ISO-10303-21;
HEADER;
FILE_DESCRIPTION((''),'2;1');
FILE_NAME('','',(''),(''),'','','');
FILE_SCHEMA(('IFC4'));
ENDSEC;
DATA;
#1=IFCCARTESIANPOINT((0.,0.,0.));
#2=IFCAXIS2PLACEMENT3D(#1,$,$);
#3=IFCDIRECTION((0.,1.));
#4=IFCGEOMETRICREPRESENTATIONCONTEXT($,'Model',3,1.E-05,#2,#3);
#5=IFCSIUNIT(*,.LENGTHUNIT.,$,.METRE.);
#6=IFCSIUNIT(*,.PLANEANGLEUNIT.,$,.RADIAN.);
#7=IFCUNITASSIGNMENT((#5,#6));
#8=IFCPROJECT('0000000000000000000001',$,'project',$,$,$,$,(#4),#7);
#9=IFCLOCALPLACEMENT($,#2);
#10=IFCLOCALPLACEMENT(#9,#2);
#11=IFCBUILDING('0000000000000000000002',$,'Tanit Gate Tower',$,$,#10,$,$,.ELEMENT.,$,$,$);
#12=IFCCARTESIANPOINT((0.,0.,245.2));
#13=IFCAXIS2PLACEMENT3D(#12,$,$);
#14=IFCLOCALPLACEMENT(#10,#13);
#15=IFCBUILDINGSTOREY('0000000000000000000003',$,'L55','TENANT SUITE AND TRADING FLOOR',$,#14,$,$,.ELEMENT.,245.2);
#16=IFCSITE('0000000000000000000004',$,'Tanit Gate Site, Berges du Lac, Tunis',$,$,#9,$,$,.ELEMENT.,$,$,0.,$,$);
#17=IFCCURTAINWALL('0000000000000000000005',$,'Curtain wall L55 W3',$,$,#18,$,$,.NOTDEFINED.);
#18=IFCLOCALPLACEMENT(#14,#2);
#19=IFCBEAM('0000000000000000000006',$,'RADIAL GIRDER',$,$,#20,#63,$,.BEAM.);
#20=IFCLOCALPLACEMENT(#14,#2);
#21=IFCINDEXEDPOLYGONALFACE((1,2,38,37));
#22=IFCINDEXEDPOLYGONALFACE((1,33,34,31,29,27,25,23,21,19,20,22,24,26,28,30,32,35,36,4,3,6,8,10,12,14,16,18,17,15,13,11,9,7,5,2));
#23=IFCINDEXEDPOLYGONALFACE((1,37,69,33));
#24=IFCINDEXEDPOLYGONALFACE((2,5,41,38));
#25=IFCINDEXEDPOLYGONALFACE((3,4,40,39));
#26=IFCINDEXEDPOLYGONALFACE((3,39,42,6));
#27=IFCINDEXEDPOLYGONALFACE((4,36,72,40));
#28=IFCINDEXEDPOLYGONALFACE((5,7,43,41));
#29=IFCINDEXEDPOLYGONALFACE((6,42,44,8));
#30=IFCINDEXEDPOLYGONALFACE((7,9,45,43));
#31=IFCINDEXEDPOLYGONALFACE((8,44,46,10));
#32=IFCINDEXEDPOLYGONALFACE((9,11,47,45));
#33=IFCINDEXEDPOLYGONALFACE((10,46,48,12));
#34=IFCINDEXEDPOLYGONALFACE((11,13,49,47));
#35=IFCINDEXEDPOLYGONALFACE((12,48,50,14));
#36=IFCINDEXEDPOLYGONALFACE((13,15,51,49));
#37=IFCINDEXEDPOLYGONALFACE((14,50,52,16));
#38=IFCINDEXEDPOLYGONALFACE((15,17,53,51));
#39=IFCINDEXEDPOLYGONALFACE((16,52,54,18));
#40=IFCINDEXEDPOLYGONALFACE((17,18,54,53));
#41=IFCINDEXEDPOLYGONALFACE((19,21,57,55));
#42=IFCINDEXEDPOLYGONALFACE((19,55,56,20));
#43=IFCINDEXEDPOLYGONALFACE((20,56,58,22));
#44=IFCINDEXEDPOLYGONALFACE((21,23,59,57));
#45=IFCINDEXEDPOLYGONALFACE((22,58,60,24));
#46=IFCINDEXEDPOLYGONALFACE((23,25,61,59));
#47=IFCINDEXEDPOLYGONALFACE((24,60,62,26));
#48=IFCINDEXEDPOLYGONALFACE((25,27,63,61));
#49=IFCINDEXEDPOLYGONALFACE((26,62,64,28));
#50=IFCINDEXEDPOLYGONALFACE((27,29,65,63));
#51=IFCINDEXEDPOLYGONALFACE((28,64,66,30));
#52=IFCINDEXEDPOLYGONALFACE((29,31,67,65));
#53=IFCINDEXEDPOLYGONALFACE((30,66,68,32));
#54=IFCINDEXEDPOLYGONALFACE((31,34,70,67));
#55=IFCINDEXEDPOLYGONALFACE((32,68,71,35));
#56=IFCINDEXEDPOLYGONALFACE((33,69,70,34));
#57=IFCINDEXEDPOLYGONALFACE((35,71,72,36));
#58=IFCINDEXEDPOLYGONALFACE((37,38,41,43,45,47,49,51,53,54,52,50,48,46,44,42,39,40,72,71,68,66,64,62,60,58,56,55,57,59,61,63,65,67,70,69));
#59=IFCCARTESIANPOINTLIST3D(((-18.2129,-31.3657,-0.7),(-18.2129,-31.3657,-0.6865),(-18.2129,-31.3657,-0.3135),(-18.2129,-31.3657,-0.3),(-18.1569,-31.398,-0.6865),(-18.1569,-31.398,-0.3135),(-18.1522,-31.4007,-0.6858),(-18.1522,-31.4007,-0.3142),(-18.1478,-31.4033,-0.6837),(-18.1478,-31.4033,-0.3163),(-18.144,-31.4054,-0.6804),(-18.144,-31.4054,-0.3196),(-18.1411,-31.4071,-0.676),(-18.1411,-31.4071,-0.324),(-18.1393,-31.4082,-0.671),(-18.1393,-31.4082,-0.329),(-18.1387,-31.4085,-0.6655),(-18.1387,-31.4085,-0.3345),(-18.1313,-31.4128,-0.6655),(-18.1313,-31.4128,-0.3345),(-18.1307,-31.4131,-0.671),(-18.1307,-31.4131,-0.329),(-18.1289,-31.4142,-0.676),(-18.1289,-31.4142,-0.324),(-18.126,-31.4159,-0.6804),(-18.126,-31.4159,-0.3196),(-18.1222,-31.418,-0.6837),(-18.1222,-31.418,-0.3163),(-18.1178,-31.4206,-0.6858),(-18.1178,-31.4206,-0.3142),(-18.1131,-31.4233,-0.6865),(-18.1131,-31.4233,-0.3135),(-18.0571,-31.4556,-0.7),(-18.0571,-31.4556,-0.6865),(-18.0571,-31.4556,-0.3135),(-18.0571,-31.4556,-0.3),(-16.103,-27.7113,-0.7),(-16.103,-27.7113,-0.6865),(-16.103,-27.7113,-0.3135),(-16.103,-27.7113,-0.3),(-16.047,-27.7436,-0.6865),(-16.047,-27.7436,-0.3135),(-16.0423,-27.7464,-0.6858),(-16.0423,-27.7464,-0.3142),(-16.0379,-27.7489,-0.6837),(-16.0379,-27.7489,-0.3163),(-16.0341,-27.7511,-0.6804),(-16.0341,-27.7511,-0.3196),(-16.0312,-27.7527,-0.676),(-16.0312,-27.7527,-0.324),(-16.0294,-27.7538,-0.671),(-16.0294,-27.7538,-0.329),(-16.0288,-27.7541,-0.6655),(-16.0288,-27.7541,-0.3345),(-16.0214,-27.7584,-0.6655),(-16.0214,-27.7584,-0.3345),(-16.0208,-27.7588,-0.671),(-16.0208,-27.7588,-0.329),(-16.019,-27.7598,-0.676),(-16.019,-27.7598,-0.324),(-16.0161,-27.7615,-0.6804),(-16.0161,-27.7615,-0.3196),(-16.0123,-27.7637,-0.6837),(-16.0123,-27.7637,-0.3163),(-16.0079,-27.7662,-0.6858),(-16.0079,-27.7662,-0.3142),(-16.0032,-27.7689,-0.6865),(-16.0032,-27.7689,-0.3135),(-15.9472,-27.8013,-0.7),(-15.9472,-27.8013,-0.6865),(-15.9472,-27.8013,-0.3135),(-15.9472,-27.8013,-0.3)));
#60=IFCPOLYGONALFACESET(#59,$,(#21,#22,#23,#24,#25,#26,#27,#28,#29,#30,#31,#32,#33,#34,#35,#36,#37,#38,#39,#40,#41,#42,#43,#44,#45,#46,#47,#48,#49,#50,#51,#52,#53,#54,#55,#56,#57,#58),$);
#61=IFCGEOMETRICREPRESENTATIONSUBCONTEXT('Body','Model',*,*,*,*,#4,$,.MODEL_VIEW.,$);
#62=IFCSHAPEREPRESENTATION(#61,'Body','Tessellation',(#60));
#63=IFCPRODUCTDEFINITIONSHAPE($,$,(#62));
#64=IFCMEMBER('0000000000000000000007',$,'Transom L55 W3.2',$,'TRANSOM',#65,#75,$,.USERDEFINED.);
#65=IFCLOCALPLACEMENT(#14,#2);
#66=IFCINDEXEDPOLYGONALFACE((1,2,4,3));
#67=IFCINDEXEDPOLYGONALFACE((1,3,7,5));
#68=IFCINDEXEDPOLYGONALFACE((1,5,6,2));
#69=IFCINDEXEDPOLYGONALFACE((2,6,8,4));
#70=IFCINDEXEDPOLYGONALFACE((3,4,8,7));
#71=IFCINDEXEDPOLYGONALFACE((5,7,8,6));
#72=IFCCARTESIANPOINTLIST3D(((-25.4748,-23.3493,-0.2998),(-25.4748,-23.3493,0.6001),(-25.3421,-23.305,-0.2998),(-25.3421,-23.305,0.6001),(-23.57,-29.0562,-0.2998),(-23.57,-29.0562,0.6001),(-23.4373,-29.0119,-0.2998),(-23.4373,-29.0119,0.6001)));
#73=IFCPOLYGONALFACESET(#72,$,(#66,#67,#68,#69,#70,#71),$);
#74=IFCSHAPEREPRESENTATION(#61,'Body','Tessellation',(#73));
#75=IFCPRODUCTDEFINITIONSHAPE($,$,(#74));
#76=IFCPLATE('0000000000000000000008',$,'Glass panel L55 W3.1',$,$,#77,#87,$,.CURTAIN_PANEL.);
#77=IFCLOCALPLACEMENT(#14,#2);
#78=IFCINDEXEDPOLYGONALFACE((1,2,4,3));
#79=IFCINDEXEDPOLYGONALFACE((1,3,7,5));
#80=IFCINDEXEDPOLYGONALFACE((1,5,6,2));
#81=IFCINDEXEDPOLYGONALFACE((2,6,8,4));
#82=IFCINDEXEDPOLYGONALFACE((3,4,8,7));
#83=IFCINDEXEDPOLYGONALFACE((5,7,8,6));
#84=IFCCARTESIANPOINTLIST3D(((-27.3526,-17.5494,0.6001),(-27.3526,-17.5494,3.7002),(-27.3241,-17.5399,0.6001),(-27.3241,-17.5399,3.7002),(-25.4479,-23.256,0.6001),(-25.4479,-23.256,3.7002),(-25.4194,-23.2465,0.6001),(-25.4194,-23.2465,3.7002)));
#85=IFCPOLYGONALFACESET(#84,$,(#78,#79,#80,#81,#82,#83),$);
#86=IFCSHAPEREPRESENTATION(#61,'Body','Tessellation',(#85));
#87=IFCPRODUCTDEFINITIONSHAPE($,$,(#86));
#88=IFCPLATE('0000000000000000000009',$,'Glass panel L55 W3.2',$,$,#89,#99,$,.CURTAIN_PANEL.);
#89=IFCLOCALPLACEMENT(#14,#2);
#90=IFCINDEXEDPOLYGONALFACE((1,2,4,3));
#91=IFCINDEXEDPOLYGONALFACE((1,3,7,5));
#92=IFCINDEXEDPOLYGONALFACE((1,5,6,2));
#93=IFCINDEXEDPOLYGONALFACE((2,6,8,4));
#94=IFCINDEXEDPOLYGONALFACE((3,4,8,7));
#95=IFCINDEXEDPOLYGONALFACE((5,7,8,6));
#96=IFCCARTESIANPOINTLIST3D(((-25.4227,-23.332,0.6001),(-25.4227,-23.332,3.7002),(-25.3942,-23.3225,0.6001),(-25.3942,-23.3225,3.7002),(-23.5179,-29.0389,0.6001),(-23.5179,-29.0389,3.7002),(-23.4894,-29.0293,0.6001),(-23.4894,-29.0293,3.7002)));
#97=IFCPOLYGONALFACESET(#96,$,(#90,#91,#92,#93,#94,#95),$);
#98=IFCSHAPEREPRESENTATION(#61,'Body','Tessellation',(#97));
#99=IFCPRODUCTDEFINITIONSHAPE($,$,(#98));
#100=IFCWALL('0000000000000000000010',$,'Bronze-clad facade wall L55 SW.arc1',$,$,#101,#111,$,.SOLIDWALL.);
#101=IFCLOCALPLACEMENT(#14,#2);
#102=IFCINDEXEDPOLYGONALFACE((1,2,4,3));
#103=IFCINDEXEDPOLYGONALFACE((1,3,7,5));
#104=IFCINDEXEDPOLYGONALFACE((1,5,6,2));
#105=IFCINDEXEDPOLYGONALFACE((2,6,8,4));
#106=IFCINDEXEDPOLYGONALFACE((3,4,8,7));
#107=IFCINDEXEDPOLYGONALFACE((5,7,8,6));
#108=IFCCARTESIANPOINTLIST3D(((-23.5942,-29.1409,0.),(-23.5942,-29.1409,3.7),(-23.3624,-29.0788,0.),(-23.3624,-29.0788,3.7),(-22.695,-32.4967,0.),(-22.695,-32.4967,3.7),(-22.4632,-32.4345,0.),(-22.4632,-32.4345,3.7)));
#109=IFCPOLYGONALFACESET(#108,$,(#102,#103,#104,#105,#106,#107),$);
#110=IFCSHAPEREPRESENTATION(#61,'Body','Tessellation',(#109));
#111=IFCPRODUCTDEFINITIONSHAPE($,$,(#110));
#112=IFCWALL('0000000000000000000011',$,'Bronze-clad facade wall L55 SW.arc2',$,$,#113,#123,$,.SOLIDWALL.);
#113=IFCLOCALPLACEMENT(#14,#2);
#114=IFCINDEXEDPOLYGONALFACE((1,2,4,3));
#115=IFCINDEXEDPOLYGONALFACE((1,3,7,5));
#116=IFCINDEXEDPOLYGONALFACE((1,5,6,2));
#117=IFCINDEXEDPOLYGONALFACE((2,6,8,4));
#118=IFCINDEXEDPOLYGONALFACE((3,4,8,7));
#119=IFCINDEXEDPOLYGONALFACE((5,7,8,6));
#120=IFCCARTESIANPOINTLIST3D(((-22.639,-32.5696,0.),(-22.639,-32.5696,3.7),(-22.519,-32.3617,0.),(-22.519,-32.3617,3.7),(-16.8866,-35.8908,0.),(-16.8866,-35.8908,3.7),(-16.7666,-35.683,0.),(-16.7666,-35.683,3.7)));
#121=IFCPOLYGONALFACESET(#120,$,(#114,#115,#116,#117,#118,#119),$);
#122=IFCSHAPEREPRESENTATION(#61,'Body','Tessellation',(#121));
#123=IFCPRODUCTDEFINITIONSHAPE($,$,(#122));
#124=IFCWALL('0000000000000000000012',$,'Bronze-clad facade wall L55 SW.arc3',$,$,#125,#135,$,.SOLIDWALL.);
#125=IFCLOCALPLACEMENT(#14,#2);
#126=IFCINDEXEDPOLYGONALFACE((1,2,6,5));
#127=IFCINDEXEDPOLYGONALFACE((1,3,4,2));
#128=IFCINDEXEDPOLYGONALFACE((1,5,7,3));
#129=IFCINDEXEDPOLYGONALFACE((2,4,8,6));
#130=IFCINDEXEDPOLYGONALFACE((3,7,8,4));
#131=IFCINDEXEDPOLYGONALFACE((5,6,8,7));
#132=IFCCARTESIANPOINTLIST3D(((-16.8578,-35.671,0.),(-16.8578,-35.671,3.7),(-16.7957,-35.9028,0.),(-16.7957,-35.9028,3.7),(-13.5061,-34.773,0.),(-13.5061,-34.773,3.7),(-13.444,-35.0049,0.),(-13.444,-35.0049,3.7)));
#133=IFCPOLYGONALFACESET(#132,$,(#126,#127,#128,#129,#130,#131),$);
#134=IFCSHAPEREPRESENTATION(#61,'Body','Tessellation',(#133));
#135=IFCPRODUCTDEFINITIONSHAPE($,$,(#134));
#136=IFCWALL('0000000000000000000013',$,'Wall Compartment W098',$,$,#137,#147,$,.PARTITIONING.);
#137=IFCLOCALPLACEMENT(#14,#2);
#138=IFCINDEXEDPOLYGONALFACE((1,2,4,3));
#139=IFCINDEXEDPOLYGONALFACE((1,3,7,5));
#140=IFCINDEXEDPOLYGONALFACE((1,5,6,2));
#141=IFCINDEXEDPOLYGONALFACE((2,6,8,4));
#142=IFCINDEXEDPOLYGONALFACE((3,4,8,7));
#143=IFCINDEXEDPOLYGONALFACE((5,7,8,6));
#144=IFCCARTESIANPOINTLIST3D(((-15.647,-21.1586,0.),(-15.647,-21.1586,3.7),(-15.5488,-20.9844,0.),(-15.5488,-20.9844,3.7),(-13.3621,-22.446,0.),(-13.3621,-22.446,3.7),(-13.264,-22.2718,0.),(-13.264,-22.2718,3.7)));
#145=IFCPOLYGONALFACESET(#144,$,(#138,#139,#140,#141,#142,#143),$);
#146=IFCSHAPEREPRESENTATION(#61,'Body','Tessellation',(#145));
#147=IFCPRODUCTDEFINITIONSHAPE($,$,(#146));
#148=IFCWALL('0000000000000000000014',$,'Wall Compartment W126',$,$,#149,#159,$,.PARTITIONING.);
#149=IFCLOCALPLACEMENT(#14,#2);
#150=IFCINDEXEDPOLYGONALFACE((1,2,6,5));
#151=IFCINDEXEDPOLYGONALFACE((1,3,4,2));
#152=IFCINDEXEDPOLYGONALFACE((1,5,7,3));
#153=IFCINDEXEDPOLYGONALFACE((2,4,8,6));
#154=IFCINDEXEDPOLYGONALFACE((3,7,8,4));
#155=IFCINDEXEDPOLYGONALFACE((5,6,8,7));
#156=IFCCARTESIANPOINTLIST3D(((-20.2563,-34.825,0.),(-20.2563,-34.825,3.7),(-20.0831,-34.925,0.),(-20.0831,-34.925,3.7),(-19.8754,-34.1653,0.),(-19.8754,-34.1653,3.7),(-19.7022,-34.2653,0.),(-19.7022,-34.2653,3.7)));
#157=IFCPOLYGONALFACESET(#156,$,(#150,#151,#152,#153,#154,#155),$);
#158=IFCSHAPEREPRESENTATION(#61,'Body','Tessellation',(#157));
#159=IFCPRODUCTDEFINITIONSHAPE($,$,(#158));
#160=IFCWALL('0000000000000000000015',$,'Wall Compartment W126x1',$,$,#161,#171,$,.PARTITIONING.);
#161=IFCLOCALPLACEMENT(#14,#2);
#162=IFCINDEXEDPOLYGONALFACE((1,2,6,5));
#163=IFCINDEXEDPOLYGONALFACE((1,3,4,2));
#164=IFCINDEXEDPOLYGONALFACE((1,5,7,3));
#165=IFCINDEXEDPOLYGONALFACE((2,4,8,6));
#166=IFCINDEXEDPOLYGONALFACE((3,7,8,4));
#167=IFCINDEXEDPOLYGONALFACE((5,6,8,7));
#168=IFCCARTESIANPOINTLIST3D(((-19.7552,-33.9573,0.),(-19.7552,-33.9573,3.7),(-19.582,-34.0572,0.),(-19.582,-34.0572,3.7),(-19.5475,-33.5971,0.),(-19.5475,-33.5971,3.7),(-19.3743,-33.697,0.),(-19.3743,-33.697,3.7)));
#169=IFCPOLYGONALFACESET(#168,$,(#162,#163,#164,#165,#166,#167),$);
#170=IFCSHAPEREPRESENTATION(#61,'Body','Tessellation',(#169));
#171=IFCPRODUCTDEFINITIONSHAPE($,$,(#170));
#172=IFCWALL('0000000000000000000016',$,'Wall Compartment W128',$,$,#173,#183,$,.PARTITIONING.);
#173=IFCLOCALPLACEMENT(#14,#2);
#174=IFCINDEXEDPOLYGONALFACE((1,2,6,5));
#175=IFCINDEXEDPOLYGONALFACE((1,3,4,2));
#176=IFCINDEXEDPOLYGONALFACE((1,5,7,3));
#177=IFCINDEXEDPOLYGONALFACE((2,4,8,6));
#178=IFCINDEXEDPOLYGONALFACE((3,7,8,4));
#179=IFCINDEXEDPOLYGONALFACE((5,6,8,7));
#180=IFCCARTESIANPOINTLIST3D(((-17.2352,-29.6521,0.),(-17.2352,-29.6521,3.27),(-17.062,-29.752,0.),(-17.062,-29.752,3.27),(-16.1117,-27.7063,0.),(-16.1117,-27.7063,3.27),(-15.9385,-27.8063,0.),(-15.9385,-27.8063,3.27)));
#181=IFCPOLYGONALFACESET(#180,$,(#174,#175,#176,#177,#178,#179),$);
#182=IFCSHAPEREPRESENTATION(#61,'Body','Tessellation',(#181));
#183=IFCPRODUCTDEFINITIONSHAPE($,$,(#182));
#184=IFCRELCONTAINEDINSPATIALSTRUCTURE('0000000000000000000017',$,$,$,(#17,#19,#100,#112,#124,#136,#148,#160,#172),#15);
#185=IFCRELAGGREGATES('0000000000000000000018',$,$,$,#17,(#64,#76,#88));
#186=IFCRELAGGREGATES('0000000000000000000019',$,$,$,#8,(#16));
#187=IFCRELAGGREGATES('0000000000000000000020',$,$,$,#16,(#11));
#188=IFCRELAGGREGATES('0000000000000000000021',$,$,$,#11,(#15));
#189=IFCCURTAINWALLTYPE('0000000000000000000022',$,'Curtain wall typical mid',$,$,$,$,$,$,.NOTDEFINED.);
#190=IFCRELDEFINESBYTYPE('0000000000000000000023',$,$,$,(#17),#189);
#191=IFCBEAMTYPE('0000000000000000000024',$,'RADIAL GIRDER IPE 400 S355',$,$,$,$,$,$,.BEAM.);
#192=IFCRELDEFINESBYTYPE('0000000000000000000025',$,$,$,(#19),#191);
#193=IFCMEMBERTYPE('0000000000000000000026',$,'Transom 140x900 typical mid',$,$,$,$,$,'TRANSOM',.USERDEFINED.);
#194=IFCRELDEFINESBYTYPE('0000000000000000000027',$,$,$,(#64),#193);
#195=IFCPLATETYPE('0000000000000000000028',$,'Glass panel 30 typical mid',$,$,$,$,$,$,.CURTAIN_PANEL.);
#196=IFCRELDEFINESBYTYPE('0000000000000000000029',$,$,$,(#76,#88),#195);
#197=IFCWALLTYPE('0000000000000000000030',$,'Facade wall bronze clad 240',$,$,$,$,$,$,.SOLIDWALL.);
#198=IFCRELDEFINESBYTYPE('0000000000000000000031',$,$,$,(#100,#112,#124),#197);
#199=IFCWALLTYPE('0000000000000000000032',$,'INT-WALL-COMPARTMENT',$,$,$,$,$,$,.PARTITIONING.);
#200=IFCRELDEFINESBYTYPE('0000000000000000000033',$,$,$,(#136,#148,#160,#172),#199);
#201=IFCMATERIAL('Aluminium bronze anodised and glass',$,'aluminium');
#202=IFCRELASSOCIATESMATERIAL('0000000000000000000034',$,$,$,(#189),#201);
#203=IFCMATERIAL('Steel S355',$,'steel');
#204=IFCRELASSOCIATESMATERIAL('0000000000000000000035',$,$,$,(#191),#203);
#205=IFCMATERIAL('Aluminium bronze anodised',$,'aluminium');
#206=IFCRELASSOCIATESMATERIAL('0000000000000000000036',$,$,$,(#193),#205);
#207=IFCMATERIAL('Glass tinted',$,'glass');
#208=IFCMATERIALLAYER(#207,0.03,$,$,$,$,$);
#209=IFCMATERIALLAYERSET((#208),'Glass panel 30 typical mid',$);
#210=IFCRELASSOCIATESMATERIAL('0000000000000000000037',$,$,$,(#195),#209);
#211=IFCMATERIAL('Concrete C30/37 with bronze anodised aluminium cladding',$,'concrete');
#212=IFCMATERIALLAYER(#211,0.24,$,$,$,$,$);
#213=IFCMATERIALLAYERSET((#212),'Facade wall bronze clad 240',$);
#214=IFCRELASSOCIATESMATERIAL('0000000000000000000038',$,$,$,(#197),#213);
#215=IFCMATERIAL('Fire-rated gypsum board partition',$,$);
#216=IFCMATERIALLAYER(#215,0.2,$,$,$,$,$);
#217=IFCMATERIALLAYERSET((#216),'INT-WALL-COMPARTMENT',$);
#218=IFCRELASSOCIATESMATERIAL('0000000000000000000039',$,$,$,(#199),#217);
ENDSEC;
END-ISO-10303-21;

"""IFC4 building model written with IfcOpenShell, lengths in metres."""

from ifc_helpers import new_model, si_unit, direction, frame, frame_2d, origin, origin_2d, place, context, subcontext, project, spatial, rectangle, i_section, extrude, material, layer, layer_set, material_profile, profile_set, type_object, element, aggregate, save


model = new_model("IFC4")

# Units and contexts
model_context = context("Model", 3, precision=1e-05, world=origin(), true_north=direction((0.0, 1.0)))
body_context = subcontext(model_context, "Body", "Model", "MODEL_VIEW")
ifc_project = project(units=[si_unit("LENGTHUNIT", "METRE"), si_unit("PLANEANGLEUNIT", "RADIAN")], contexts=[model_context])

# Site, building, storey
site_placement = place(None, origin())
site = spatial("IfcSite", under=ifc_project, at=site_placement, Name="Tanit Gate Site, Berges du Lac, Tunis", CompositionType="ELEMENT", RefElevation=0.0)
building_placement = place(site_placement, origin())
building = spatial("IfcBuilding", under=site, at=building_placement, Name="Tanit Gate Tower", CompositionType="ELEMENT")
storey_placement = place(building_placement, frame((0.0, 0.0, 245.2)))
storey = spatial("IfcBuildingStorey", under=building, at=storey_placement, Name="L55", Description="TENANT SUITE AND TRADING FLOOR", CompositionType="ELEMENT", Elevation=245.2)

# Curtain wall
ifc_material_1 = material(Name="Aluminium bronze anodised and glass", Category="aluminium")
curtain_wall_type = type_object("IfcCurtainWallType", Name="Curtain wall typical mid", PredefinedType="NOTDEFINED", material=ifc_material_1)
curtain_wall_placement = place(storey_placement, origin())
curtain_wall = element("IfcCurtainWall", 1, at=curtain_wall_placement, inside=storey, type_object=curtain_wall_type, Name="Curtain wall L55 W3", PredefinedType="NOTDEFINED")

# Beam
ifc_material_2 = material(Name="Steel S355", Category="steel")
ifc_material_profile_1 = material_profile(ifc_material_2, i_section(OverallWidth=0.1799, OverallDepth=0.3999, WebThickness=0.0085, FlangeThickness=0.0134, FilletRadius=0.021, at=origin_2d()), Name="IPE 400")
ifc_profile_set_1 = profile_set([ifc_material_profile_1], Name="Steel S355")
beam_type_1 = type_object("IfcBeamType", Name="RADIAL GIRDER IPE 400 S355", PredefinedType="BEAM", material=ifc_profile_set_1)
beam_1_placement = place(storey_placement, frame((-18.135, -31.4106, -0.5), z_axis=(0.50001, 0.86602, 0.0), x_axis=(-0.86602, 0.50001, 0.0)))
element("IfcBeam", 2, at=beam_1_placement, inside=storey, type_object=beam_type_1, Name="RADIAL GIRDER", PredefinedType="BEAM", context=body_context, shape_type="SweptSolid", body=[
    extrude(i_section(OverallWidth=0.1799, OverallDepth=0.3999, WebThickness=0.0085, FlangeThickness=0.0134, FilletRadius=0.021, at=origin_2d()), origin(), (0.0, 0.0, 1.0), 4.2197),
])

# Member
ifc_material_3 = material(Name="Aluminium bronze anodised", Category="aluminium")
ifc_material_profile_2 = material_profile(ifc_material_3, rectangle(XDim=0.1399, YDim=0.8999, at=origin_2d()), Name="140x900 bronze transom")
ifc_profile_set_2 = profile_set([ifc_material_profile_2], Name="Aluminium bronze anodised")
member_type_1 = type_object("IfcMemberType", Name="Transom 140x900 typical mid", ElementType="TRANSOM", PredefinedType="USERDEFINED", material=ifc_profile_set_2)
member_1_placement = place(storey_placement, frame((-25.4084, -23.3271, 0.1501), z_axis=(0.316605, -0.948557, 0.0), x_axis=(0.948557, 0.316605, 0.0)))
member_1 = element("IfcMember", 3, at=member_1_placement, type_object=member_type_1, Name="Transom L55 W3.2", ObjectType="TRANSOM", PredefinedType="USERDEFINED", context=body_context, shape_type="SweptSolid", body=[
    extrude(rectangle(XDim=0.1399, YDim=0.8999, at=origin_2d()), origin(), (0.0, 0.0, 1.0), 6.0164),
])

# Plates
ifc_material_4 = material(Name="Glass tinted", Category="glass")
ifc_layer_1 = layer(ifc_material_4, 0.03)
ifc_layer_set_1 = layer_set([ifc_layer_1], Name="Glass panel 30 typical mid")
plate_type = type_object("IfcPlateType", Name="Glass panel 30 typical mid", PredefinedType="CURTAIN_PANEL", material=ifc_layer_set_1)
plate_1_placement = place(storey_placement, frame((-26.386, -20.3979, 0.6001), z_axis=(0.0, 0.0, 1.0), x_axis=(0.316598, -0.94856, 0.0)))
plate_1 = element("IfcPlate", 4, at=plate_1_placement, type_object=plate_type, Name="Glass panel L55 W3.1", PredefinedType="CURTAIN_PANEL", context=body_context, shape_type="SweptSolid", body=[
    extrude(rectangle(XDim=6.0161, YDim=0.03, at=origin_2d()), origin(), (0.0, 0.0, 1.0), 3.1001),
])
plate_2_placement = place(storey_placement, frame((-24.4561, -26.1807, 0.6001), z_axis=(0.0, 0.0, 1.0), x_axis=(0.316598, -0.94856, 0.0)))
plate_2 = element("IfcPlate", 5, at=plate_2_placement, type_object=plate_type, Name="Glass panel L55 W3.2", PredefinedType="CURTAIN_PANEL", context=body_context, shape_type="SweptSolid", body=[
    extrude(rectangle(XDim=6.0164, YDim=0.03, at=origin_2d()), origin(), (0.0, 0.0, 1.0), 3.1001),
])
aggregate(curtain_wall, [member_1, plate_1, plate_2])

# Walls
ifc_material_5 = material(Name="Concrete C30/37 with bronze anodised aluminium cladding", Category="concrete")
ifc_layer_2 = layer(ifc_material_5, 0.24)
ifc_layer_set_2 = layer_set([ifc_layer_2], Name="Facade wall bronze clad 240")
wall_type_1 = type_object("IfcWallType", Name="Facade wall bronze clad 240", PredefinedType="SOLIDWALL", material=ifc_layer_set_2)
wall_1_placement = place(storey_placement, frame((-23.4783, -29.1099, 0.0), z_axis=(0.0, 0.0, 1.0), x_axis=(0.258822, -0.965925, 0.0)))
element("IfcWall", 6, at=wall_1_placement, inside=storey, type_object=wall_type_1, Name="Bronze-clad facade wall L55 SW.arc1", PredefinedType="SOLIDWALL", context=body_context, shape_type="SweptSolid", body=[
    extrude(rectangle(XDim=3.4741, YDim=0.24, at=frame_2d((1.7371, 0.0))), origin(), (0.0, 0.0, 1.0), 3.7),
])
wall_2_placement = place(storey_placement, frame((-22.5791, -32.4656, 0.0), z_axis=(0.0, 0.0, 1.0), x_axis=(0.866018, -0.500013, 0.0)))
element("IfcWall", 7, at=wall_2_placement, inside=storey, type_object=wall_type_1, Name="Bronze-clad facade wall L55 SW.arc2", PredefinedType="SOLIDWALL", context=body_context, shape_type="SweptSolid", body=[
    extrude(rectangle(XDim=6.6423, YDim=0.24, at=frame_2d((3.3213, 0.0))), origin(), (0.0, 0.0, 1.0), 3.7),
])
wall_3_placement = place(storey_placement, frame((-16.8267, -35.7869, 0.0), z_axis=(0.0, 0.0, 1.0), x_axis=(0.965938, 0.258775, 0.0)))
element("IfcWall", 8, at=wall_3_placement, inside=storey, type_object=wall_type_1, Name="Bronze-clad facade wall L55 SW.arc3", PredefinedType="SOLIDWALL", context=body_context, shape_type="SweptSolid", body=[
    extrude(rectangle(XDim=3.47, YDim=0.24, at=frame_2d((1.7349, 0.0))), origin(), (0.0, 0.0, 1.0), 3.7),
])
ifc_material_6 = material(Name="Fire-rated gypsum board partition")
ifc_layer_3 = layer(ifc_material_6, 0.2)
ifc_layer_set_3 = layer_set([ifc_layer_3], Name="INT-WALL-COMPARTMENT")
wall_type_2 = type_object("IfcWallType", Name="INT-WALL-COMPARTMENT", PredefinedType="PARTITIONING", material=ifc_layer_set_3)
wall_4_placement = place(storey_placement, frame((-15.5979, -21.0715, 0.0), z_axis=(0.0, 0.0, 1.0), x_axis=(0.871235, -0.490867, 0.0)))
element("IfcWall", 9, at=wall_4_placement, inside=storey, type_object=wall_type_2, Name="Wall Compartment W098", PredefinedType="PARTITIONING", context=body_context, shape_type="SweptSolid", body=[
    extrude(rectangle(XDim=2.6226, YDim=0.2, at=frame_2d((1.3113, 0.0))), origin(), (0.0, 0.0, 1.0), 3.7),
])
wall_5_placement = place(storey_placement, frame((-20.1697, -34.875, 0.0), z_axis=(0.0, 0.0, 1.0), x_axis=(0.5, 0.866025, 0.0)))
element("IfcWall", 10, at=wall_5_placement, inside=storey, type_object=wall_type_2, Name="Wall Compartment W126", PredefinedType="PARTITIONING", context=body_context, shape_type="SweptSolid", body=[
    extrude(rectangle(XDim=0.7617, YDim=0.2, at=frame_2d((0.3809, 0.0))), origin(), (0.0, 0.0, 1.0), 3.7),
])
wall_6_placement = place(storey_placement, frame((-19.6687, -34.0073, 0.0), z_axis=(0.0, 0.0, 1.0), x_axis=(0.499739, 0.866176, 0.0)))
element("IfcWall", 11, at=wall_6_placement, inside=storey, type_object=wall_type_2, Name="Wall Compartment W126x1", PredefinedType="PARTITIONING", context=body_context, shape_type="SweptSolid", body=[
    extrude(rectangle(XDim=0.4158, YDim=0.2, at=frame_2d((0.208, 0.0))), origin(), (0.0, 0.0, 1.0), 3.7),
])
wall_7_placement = place(storey_placement, frame((-17.1487, -29.7021, 0.0), z_axis=(0.0, 0.0, 1.0), x_axis=(0.500042, 0.866001, 0.0)))
element("IfcWall", 12, at=wall_7_placement, inside=storey, type_object=wall_type_2, Name="Wall Compartment W128", PredefinedType="PARTITIONING", context=body_context, shape_type="SweptSolid", body=[
    extrude(rectangle(XDim=2.2468, YDim=0.2, at=frame_2d((1.1235, 0.0))), origin(), (0.0, 0.0, 1.0), 3.27),
])

save(model, "model.ifc")
